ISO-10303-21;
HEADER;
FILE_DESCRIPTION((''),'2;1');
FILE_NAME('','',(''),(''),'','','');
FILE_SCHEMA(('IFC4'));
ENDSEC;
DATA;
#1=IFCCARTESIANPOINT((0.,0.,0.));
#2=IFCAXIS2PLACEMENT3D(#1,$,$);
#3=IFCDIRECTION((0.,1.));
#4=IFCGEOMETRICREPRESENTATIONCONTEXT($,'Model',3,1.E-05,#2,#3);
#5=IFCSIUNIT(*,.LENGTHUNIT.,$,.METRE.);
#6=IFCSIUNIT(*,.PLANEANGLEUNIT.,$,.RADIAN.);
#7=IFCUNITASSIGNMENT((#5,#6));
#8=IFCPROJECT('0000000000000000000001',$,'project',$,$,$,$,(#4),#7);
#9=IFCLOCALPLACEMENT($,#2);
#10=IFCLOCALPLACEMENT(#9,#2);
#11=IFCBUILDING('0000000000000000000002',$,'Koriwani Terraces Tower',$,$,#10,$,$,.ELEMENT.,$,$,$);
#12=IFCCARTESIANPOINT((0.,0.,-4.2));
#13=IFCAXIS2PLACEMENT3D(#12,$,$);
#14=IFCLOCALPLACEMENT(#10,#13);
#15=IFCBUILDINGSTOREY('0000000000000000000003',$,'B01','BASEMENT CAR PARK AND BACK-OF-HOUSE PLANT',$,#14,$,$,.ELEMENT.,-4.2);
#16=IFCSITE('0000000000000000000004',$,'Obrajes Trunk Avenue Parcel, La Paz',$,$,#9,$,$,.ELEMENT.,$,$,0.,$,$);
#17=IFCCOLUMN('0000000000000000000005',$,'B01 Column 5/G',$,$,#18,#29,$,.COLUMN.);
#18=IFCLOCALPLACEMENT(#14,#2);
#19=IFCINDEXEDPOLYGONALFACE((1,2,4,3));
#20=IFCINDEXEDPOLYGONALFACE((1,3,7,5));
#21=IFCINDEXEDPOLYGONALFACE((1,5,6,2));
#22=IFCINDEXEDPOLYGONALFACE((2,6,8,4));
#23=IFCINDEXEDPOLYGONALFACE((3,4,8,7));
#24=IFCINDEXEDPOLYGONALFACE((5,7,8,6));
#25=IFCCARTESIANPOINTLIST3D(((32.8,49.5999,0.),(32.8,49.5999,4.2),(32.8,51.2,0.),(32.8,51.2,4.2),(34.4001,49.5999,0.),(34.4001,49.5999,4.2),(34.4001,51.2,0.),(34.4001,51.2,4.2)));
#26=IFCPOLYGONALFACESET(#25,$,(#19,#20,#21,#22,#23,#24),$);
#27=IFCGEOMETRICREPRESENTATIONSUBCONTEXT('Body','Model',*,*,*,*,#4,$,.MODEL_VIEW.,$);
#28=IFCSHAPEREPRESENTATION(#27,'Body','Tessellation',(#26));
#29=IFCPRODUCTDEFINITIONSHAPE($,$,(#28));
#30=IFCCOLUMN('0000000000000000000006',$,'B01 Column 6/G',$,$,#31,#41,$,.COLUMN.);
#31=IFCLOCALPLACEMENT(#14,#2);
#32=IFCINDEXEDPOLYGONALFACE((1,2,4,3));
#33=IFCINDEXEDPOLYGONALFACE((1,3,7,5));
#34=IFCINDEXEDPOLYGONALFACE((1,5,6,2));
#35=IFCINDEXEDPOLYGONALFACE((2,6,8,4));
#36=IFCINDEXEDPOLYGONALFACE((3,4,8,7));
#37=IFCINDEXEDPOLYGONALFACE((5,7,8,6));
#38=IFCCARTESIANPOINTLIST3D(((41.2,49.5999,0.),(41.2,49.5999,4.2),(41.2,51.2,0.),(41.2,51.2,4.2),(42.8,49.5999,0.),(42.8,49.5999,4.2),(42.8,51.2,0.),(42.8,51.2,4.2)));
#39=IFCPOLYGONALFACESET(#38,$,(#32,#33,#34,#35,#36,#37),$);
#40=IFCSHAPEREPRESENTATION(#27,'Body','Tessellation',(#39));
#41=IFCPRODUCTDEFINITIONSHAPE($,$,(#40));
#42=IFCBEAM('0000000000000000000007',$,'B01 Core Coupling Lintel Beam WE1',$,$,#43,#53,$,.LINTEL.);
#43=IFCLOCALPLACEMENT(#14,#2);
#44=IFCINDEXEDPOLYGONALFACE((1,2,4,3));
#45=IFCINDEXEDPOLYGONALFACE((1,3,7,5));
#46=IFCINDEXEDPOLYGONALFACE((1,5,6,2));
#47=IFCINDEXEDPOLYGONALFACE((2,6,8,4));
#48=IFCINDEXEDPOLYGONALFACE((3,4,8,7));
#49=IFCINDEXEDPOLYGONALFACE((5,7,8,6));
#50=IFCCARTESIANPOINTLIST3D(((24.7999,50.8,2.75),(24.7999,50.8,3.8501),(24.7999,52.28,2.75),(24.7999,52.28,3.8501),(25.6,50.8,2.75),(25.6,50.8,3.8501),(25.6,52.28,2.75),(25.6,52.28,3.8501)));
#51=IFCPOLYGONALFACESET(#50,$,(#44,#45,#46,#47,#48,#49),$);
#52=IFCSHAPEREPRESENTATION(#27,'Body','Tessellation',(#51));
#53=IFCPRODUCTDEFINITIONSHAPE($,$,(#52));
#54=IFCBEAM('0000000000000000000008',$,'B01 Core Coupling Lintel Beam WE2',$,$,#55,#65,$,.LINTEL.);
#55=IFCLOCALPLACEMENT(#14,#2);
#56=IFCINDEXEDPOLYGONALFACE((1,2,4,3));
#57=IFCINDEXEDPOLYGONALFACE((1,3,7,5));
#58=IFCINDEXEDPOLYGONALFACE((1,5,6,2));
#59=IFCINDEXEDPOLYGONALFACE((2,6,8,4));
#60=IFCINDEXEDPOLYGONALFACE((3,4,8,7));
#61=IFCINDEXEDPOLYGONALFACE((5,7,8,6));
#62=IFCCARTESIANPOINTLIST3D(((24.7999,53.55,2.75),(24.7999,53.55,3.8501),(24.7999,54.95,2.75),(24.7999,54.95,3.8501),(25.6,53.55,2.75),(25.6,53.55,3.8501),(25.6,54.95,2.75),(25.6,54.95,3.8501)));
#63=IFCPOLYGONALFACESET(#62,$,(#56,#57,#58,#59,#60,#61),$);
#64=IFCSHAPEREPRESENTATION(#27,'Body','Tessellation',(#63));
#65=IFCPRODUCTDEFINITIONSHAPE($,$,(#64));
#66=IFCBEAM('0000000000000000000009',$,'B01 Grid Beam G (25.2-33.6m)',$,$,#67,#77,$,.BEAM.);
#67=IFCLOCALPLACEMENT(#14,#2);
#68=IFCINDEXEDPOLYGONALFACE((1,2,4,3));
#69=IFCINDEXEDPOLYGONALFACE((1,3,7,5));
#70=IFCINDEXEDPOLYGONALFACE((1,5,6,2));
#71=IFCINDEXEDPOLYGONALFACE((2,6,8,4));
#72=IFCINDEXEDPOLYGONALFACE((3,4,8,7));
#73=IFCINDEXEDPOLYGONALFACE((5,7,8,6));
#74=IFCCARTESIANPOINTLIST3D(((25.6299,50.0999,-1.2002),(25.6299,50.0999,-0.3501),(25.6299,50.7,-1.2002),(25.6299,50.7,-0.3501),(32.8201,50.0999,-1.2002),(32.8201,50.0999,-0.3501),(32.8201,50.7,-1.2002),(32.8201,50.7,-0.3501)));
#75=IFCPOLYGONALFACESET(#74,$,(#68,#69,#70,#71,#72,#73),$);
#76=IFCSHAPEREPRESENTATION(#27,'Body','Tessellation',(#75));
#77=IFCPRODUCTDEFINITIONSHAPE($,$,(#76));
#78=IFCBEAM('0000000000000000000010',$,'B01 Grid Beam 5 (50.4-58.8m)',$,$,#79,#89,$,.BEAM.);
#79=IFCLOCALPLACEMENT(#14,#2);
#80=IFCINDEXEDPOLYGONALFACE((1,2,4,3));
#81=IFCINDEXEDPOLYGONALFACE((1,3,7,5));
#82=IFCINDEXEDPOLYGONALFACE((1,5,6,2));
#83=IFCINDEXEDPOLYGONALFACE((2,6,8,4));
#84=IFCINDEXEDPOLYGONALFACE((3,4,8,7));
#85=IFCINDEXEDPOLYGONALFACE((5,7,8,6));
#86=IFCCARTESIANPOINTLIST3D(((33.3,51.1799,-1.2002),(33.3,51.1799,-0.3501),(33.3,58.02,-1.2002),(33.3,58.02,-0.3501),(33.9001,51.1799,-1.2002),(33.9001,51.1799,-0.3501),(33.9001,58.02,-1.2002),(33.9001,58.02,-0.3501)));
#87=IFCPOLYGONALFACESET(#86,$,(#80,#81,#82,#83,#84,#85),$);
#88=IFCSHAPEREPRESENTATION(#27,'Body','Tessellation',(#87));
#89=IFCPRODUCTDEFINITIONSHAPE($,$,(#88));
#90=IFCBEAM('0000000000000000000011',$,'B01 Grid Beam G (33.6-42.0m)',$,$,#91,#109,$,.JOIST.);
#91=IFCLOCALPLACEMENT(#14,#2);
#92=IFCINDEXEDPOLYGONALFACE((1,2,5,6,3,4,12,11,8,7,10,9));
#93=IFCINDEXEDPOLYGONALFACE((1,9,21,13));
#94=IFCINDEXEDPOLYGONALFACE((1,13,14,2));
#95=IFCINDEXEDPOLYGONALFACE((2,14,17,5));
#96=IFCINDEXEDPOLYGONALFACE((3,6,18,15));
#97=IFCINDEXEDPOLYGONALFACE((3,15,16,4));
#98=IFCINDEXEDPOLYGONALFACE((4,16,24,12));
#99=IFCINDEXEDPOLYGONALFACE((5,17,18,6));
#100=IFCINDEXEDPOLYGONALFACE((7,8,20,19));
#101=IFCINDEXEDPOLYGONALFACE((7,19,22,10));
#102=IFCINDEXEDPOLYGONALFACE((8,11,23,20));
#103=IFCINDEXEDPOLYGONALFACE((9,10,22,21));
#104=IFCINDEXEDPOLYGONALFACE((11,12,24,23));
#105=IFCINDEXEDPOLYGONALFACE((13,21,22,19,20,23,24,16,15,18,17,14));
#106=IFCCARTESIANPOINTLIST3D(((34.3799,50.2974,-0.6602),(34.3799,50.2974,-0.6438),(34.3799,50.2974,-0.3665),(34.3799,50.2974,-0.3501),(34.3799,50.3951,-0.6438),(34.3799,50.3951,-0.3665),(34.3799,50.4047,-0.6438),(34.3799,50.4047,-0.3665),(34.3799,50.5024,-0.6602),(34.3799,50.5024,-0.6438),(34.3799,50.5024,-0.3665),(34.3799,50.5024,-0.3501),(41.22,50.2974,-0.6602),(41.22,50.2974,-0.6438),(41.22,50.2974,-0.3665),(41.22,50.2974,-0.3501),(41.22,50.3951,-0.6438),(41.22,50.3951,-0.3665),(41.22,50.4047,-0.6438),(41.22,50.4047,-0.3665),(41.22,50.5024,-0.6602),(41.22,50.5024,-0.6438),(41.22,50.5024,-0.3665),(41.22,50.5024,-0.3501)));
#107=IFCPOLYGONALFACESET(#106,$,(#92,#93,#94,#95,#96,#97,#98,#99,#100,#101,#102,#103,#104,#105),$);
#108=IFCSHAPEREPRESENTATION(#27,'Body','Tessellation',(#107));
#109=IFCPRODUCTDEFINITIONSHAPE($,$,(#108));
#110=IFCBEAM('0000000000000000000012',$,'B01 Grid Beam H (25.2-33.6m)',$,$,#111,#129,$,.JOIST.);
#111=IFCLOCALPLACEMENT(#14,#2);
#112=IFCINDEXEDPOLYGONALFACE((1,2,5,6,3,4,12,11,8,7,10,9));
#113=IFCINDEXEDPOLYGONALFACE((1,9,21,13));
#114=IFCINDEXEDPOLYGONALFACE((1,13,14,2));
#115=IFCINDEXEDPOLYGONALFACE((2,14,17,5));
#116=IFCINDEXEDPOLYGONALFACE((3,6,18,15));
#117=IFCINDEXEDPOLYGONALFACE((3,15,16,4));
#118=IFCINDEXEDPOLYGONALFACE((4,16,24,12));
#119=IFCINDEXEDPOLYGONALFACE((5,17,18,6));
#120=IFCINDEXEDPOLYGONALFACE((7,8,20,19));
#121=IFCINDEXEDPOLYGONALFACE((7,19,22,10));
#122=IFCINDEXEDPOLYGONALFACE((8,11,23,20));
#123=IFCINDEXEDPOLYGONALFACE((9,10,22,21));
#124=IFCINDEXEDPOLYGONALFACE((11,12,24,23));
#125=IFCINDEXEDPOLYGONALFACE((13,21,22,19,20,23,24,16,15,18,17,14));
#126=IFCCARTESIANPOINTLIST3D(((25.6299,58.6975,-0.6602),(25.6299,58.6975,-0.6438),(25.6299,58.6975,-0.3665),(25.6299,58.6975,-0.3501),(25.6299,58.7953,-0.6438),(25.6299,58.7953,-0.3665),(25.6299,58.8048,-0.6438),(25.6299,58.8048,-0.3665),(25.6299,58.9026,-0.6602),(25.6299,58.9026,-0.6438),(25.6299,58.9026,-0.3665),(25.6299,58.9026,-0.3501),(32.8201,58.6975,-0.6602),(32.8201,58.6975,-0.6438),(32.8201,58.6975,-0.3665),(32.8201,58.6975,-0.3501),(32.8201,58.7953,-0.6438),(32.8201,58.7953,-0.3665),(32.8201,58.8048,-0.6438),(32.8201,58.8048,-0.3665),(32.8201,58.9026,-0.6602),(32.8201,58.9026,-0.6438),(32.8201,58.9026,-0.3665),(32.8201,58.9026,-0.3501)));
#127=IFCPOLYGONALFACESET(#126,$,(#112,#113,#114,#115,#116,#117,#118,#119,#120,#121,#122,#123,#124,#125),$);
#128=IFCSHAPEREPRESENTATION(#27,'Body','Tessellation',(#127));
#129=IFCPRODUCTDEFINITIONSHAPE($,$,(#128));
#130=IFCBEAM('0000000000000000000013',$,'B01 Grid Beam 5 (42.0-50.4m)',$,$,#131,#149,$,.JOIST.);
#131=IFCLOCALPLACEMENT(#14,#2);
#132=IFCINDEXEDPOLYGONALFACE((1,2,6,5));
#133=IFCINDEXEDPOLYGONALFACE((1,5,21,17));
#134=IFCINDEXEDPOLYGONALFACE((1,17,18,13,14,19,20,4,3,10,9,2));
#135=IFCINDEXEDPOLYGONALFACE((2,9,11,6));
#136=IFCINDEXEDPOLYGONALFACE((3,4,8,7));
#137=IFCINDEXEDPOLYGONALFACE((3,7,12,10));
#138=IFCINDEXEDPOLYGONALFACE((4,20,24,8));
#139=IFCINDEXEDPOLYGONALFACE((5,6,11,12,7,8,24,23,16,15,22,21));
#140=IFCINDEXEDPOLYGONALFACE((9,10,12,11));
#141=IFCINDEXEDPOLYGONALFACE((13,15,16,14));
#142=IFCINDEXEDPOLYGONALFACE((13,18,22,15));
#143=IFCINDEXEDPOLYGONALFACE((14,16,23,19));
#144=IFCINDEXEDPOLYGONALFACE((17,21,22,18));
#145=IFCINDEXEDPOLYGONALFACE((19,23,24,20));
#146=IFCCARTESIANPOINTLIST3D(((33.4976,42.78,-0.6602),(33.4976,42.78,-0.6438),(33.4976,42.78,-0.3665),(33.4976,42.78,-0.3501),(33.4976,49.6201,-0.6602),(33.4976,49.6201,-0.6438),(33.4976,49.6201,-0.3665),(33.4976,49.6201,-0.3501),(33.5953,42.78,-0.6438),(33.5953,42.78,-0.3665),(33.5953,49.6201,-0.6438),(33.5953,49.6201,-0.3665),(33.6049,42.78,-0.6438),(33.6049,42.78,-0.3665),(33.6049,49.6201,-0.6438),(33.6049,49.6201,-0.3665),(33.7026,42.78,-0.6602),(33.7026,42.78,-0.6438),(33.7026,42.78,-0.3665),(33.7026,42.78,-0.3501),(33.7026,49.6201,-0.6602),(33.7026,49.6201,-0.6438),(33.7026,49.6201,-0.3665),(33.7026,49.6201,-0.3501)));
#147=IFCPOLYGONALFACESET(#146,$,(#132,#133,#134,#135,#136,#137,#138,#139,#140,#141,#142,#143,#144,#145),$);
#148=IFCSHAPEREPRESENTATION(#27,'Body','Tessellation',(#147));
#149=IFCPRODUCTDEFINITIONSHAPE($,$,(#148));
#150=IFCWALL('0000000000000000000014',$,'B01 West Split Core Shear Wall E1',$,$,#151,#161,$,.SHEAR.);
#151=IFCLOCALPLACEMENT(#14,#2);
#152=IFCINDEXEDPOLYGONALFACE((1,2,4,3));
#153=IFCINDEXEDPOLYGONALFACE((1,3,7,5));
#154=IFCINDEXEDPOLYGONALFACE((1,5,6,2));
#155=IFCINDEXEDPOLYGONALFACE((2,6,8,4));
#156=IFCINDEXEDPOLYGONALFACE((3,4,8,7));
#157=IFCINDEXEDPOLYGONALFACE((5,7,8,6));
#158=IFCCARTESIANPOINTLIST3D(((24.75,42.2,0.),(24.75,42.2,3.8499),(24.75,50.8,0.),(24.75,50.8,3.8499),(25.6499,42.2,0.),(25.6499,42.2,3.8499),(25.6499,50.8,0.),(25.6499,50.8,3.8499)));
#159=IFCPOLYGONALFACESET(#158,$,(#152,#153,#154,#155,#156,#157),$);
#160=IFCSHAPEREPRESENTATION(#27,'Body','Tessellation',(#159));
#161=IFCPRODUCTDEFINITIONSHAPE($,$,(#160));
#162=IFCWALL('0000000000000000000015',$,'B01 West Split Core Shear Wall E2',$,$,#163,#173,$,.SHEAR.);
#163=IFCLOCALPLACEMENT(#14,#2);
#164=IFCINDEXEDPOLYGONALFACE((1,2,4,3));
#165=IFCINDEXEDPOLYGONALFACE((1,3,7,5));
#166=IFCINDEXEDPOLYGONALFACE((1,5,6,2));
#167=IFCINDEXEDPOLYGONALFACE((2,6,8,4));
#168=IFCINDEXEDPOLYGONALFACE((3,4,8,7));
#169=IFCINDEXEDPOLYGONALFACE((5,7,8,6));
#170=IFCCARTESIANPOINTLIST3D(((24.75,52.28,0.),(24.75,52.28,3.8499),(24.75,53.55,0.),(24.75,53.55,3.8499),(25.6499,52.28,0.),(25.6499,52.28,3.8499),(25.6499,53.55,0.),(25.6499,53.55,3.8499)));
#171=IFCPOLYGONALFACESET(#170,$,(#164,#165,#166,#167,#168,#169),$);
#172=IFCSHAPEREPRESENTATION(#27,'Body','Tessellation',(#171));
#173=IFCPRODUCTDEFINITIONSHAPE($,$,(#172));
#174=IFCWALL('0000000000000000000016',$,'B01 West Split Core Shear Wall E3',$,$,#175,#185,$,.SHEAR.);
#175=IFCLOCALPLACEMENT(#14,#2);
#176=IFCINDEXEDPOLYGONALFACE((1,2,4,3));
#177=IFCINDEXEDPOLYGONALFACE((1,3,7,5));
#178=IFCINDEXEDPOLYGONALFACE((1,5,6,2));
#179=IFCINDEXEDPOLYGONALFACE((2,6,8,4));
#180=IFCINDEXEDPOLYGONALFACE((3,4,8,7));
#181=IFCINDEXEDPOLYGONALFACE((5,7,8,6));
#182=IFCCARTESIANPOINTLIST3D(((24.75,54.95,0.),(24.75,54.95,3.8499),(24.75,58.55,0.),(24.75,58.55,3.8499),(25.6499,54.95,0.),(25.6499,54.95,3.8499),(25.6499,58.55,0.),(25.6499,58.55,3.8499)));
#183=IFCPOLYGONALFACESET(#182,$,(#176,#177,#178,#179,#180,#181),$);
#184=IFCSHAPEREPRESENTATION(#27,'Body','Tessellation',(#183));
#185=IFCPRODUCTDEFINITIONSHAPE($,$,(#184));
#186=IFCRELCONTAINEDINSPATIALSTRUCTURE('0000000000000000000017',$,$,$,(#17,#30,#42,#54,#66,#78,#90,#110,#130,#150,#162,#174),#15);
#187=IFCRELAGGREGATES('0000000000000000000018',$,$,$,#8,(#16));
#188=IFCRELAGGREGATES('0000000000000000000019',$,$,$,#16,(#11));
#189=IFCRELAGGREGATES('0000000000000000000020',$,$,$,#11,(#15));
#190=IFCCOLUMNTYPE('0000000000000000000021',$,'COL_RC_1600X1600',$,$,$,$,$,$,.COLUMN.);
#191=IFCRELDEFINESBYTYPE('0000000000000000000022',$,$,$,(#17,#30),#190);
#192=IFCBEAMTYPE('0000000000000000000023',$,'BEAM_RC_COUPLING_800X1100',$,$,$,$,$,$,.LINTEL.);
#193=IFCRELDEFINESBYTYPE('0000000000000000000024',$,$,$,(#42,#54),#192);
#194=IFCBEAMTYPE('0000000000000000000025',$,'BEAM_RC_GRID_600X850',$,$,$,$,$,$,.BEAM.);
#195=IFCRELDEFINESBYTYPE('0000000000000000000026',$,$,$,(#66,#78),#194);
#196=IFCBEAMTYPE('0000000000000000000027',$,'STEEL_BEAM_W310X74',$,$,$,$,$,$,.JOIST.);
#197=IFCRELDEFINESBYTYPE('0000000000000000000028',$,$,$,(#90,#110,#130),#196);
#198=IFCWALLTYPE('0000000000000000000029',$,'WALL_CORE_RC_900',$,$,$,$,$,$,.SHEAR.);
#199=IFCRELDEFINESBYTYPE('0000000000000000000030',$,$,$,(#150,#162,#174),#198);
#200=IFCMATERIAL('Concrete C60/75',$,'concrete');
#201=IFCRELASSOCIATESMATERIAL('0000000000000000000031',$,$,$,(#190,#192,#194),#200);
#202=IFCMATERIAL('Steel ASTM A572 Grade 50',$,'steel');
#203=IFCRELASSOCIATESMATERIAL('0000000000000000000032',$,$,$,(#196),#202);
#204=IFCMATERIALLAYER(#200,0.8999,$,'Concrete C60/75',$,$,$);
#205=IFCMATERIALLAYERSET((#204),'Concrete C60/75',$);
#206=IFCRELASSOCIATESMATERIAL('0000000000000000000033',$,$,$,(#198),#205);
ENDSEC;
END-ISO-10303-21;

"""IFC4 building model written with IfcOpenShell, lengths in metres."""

from ifc_helpers import new_model, si_unit, direction, frame, frame_2d, origin, origin_2d, place, context, subcontext, project, spatial, rectangle, i_section, extrude, material, layer, layer_set, material_profile, profile_set, type_object, element, save


model = new_model("IFC4")

# Units and contexts
model_context = context("Model", 3, precision=1e-05, world=origin(), true_north=direction((0.0, 1.0)))
body_context = subcontext(model_context, "Body", "Model", "MODEL_VIEW")
ifc_project = project(units=[si_unit("LENGTHUNIT", "METRE"), si_unit("PLANEANGLEUNIT", "RADIAN")], contexts=[model_context])

# Site, building, storey
site_placement = place(None, origin())
site = spatial("IfcSite", under=ifc_project, at=site_placement, Name="Obrajes Trunk Avenue Parcel, La Paz", CompositionType="ELEMENT", RefElevation=0.0)
building_placement = place(site_placement, origin())
building = spatial("IfcBuilding", under=site, at=building_placement, Name="Koriwani Terraces Tower", CompositionType="ELEMENT")
storey_placement = place(building_placement, frame((0.0, 0.0, -4.2)))
storey = spatial("IfcBuildingStorey", under=building, at=storey_placement, Name="B01", Description="BASEMENT CAR PARK AND BACK-OF-HOUSE PLANT", CompositionType="ELEMENT", Elevation=-4.2)

# Columns
ifc_material_1 = material(Name="Concrete C60/75", Category="concrete")
ifc_material_profile_1 = material_profile(ifc_material_1, rectangle(XDim=1.6001, YDim=1.6001, at=origin_2d()), Name="Concrete C60/75", Category="LoadBearing")
ifc_profile_set_1 = profile_set([ifc_material_profile_1], Name="Concrete C60/75")
column_type = type_object("IfcColumnType", Name="COL_RC_1600X1600", PredefinedType="COLUMN", material=ifc_profile_set_1)
for number, where, z_axis, x_axis, name in (
    (1, (33.6001, 50.3999, 0.0), (0.0, 0.0, 1.0), (1.0, 0.0, 0.0), "B01 Column 5/G"),
    (2, (42.0, 50.3999, 0.0), (0.0, 0.0, 1.0), (1.0, 0.0, 0.0), "B01 Column 6/G"),
):
    element("IfcColumn", number, at=place(storey_placement, frame(where, z_axis=z_axis, x_axis=x_axis)), inside=storey, type_object=column_type, Name=name, PredefinedType="COLUMN", context=body_context, shape_type="SweptSolid", body=[
        extrude(rectangle(XDim=1.6001, YDim=1.6001, at=origin_2d()), origin(), (0.0, 0.0, 1.0), 4.2),
    ])

# Beams
ifc_material_profile_2 = material_profile(ifc_material_1, rectangle(XDim=0.8, YDim=1.1001, at=origin_2d()), Name="Concrete C60/75", Category="LoadBearing")
ifc_profile_set_2 = profile_set([ifc_material_profile_2], Name="Concrete C60/75")
beam_type_1 = type_object("IfcBeamType", Name="BEAM_RC_COUPLING_800X1100", PredefinedType="LINTEL", material=ifc_profile_set_2)
beam_1_placement = place(storey_placement, frame((25.2, 50.8, 3.3), z_axis=(0.0, 1.0, 0.0), x_axis=(-1.0, 0.0, 0.0)))
element("IfcBeam", 3, at=beam_1_placement, inside=storey, type_object=beam_type_1, Name="B01 Core Coupling Lintel Beam WE1", PredefinedType="LINTEL", context=body_context, shape_type="SweptSolid", body=[
    extrude(rectangle(XDim=0.8, YDim=1.1001, at=origin_2d()), origin(), (0.0, 0.0, 1.0), 1.48),
])
beam_2_placement = place(storey_placement, frame((25.2, 53.55, 3.3), z_axis=(0.0, 1.0, 0.0), x_axis=(-1.0, 0.0, 0.0)))
element("IfcBeam", 4, at=beam_2_placement, inside=storey, type_object=beam_type_1, Name="B01 Core Coupling Lintel Beam WE2", PredefinedType="LINTEL", context=body_context, shape_type="SweptSolid", body=[
    extrude(rectangle(XDim=0.8, YDim=1.1001, at=origin_2d()), origin(), (0.0, 0.0, 1.0), 1.3999),
])
ifc_material_profile_3 = material_profile(ifc_material_1, rectangle(XDim=0.6001, YDim=0.8501, at=origin_2d()), Name="Concrete C60/75", Category="LoadBearing")
ifc_profile_set_3 = profile_set([ifc_material_profile_3], Name="Concrete C60/75")
beam_type_2 = type_object("IfcBeamType", Name="BEAM_RC_GRID_600X850", PredefinedType="BEAM", material=ifc_profile_set_3)
beam_3_placement = place(storey_placement, frame((25.6299, 50.3999, -0.7751), z_axis=(1.0, 0.0, 0.0), x_axis=(0.0, 1.0, 0.0)))
element("IfcBeam", 5, at=beam_3_placement, inside=storey, type_object=beam_type_2, Name="B01 Grid Beam G (25.2-33.6m)", PredefinedType="BEAM", context=body_context, shape_type="SweptSolid", body=[
    extrude(rectangle(XDim=0.6001, YDim=0.8501, at=origin_2d()), origin(), (0.0, 0.0, 1.0), 7.1902),
])
beam_4_placement = place(storey_placement, frame((33.6001, 51.1799, -0.7751), z_axis=(0.0, 1.0, 0.0), x_axis=(-1.0, 0.0, 0.0)))
element("IfcBeam", 6, at=beam_4_placement, inside=storey, type_object=beam_type_2, Name="B01 Grid Beam 5 (50.4-58.8m)", PredefinedType="BEAM", context=body_context, shape_type="SweptSolid", body=[
    extrude(rectangle(XDim=0.6001, YDim=0.8501, at=origin_2d()), origin(), (0.0, 0.0, 1.0), 6.8401),
])
ifc_material_2 = material(Name="Steel ASTM A572 Grade 50", Category="steel")
ifc_material_profile_4 = material_profile(ifc_material_2, i_section(OverallWidth=0.2051, OverallDepth=0.3101, WebThickness=0.0095, FlangeThickness=0.0164, at=origin_2d()), Name="Steel ASTM A572 Grade 50", Category="LoadBearing")
ifc_profile_set_4 = profile_set([ifc_material_profile_4], Name="Steel ASTM A572 Grade 50")
beam_type_3 = type_object("IfcBeamType", Name="STEEL_BEAM_W310X74", PredefinedType="JOIST", material=ifc_profile_set_4)
beam_5_placement = place(storey_placement, frame((34.3799, 50.3999, -0.5051), z_axis=(1.0, 0.0, 0.0), x_axis=(0.0, 1.0, 0.0)))
element("IfcBeam", 7, at=beam_5_placement, inside=storey, type_object=beam_type_3, Name="B01 Grid Beam G (33.6-42.0m)", PredefinedType="JOIST", context=body_context, shape_type="SweptSolid", body=[
    extrude(i_section(OverallWidth=0.2051, OverallDepth=0.3101, WebThickness=0.0095, FlangeThickness=0.0164, at=origin_2d()), origin(), (0.0, 0.0, 1.0), 6.8401),
])
beam_6_placement = place(storey_placement, frame((25.6299, 58.8, -0.5051), z_axis=(1.0, 0.0, 0.0), x_axis=(0.0, 1.0, 0.0)))
element("IfcBeam", 8, at=beam_6_placement, inside=storey, type_object=beam_type_3, Name="B01 Grid Beam H (25.2-33.6m)", PredefinedType="JOIST", context=body_context, shape_type="SweptSolid", body=[
    extrude(i_section(OverallWidth=0.2051, OverallDepth=0.3101, WebThickness=0.0095, FlangeThickness=0.0164, at=origin_2d()), origin(), (0.0, 0.0, 1.0), 7.1902),
])
beam_7_placement = place(storey_placement, frame((33.6001, 42.78, -0.5051), z_axis=(0.0, 1.0, 0.0), x_axis=(-1.0, 0.0, 0.0)))
element("IfcBeam", 9, at=beam_7_placement, inside=storey, type_object=beam_type_3, Name="B01 Grid Beam 5 (42.0-50.4m)", PredefinedType="JOIST", context=body_context, shape_type="SweptSolid", body=[
    extrude(i_section(OverallWidth=0.2051, OverallDepth=0.3101, WebThickness=0.0095, FlangeThickness=0.0164, at=origin_2d()), origin(), (0.0, 0.0, 1.0), 6.8401),
])

# Walls
ifc_layer_1 = layer(ifc_material_1, 0.8999, Name="Concrete C60/75")
ifc_layer_set_1 = layer_set([ifc_layer_1], Name="Concrete C60/75")
wall_type_1 = type_object("IfcWallType", Name="WALL_CORE_RC_900", PredefinedType="SHEAR", material=ifc_layer_set_1)
wall_1_placement = place(storey_placement, frame((25.2, 42.2, 0.0), z_axis=(0.0, 0.0, 1.0), x_axis=(0.0, 1.0, 0.0)))
element("IfcWall", 10, at=wall_1_placement, inside=storey, type_object=wall_type_1, Name="B01 West Split Core Shear Wall E1", PredefinedType="SHEAR", context=body_context, shape_type="SweptSolid", body=[
    extrude(rectangle(XDim=8.6001, YDim=0.8999, at=frame_2d((4.3, 0.0))), origin(), (0.0, 0.0, 1.0), 3.8499),
])
wall_2_placement = place(storey_placement, frame((25.2, 52.28, 0.0), z_axis=(0.0, 0.0, 1.0), x_axis=(0.0, 1.0, 0.0)))
element("IfcWall", 11, at=wall_2_placement, inside=storey, type_object=wall_type_1, Name="B01 West Split Core Shear Wall E2", PredefinedType="SHEAR", context=body_context, shape_type="SweptSolid", body=[
    extrude(rectangle(XDim=1.27, YDim=0.8999, at=frame_2d((0.635, 0.0))), origin(), (0.0, 0.0, 1.0), 3.8499),
])
wall_3_placement = place(storey_placement, frame((25.2, 54.95, 0.0), z_axis=(0.0, 0.0, 1.0), x_axis=(0.0, 1.0, 0.0)))
element("IfcWall", 12, at=wall_3_placement, inside=storey, type_object=wall_type_1, Name="B01 West Split Core Shear Wall E3", PredefinedType="SHEAR", context=body_context, shape_type="SweptSolid", body=[
    extrude(rectangle(XDim=3.6001, YDim=0.8999, at=frame_2d((1.8, 0.0))), origin(), (0.0, 0.0, 1.0), 3.8499),
])

save(model, "model.ifc")
